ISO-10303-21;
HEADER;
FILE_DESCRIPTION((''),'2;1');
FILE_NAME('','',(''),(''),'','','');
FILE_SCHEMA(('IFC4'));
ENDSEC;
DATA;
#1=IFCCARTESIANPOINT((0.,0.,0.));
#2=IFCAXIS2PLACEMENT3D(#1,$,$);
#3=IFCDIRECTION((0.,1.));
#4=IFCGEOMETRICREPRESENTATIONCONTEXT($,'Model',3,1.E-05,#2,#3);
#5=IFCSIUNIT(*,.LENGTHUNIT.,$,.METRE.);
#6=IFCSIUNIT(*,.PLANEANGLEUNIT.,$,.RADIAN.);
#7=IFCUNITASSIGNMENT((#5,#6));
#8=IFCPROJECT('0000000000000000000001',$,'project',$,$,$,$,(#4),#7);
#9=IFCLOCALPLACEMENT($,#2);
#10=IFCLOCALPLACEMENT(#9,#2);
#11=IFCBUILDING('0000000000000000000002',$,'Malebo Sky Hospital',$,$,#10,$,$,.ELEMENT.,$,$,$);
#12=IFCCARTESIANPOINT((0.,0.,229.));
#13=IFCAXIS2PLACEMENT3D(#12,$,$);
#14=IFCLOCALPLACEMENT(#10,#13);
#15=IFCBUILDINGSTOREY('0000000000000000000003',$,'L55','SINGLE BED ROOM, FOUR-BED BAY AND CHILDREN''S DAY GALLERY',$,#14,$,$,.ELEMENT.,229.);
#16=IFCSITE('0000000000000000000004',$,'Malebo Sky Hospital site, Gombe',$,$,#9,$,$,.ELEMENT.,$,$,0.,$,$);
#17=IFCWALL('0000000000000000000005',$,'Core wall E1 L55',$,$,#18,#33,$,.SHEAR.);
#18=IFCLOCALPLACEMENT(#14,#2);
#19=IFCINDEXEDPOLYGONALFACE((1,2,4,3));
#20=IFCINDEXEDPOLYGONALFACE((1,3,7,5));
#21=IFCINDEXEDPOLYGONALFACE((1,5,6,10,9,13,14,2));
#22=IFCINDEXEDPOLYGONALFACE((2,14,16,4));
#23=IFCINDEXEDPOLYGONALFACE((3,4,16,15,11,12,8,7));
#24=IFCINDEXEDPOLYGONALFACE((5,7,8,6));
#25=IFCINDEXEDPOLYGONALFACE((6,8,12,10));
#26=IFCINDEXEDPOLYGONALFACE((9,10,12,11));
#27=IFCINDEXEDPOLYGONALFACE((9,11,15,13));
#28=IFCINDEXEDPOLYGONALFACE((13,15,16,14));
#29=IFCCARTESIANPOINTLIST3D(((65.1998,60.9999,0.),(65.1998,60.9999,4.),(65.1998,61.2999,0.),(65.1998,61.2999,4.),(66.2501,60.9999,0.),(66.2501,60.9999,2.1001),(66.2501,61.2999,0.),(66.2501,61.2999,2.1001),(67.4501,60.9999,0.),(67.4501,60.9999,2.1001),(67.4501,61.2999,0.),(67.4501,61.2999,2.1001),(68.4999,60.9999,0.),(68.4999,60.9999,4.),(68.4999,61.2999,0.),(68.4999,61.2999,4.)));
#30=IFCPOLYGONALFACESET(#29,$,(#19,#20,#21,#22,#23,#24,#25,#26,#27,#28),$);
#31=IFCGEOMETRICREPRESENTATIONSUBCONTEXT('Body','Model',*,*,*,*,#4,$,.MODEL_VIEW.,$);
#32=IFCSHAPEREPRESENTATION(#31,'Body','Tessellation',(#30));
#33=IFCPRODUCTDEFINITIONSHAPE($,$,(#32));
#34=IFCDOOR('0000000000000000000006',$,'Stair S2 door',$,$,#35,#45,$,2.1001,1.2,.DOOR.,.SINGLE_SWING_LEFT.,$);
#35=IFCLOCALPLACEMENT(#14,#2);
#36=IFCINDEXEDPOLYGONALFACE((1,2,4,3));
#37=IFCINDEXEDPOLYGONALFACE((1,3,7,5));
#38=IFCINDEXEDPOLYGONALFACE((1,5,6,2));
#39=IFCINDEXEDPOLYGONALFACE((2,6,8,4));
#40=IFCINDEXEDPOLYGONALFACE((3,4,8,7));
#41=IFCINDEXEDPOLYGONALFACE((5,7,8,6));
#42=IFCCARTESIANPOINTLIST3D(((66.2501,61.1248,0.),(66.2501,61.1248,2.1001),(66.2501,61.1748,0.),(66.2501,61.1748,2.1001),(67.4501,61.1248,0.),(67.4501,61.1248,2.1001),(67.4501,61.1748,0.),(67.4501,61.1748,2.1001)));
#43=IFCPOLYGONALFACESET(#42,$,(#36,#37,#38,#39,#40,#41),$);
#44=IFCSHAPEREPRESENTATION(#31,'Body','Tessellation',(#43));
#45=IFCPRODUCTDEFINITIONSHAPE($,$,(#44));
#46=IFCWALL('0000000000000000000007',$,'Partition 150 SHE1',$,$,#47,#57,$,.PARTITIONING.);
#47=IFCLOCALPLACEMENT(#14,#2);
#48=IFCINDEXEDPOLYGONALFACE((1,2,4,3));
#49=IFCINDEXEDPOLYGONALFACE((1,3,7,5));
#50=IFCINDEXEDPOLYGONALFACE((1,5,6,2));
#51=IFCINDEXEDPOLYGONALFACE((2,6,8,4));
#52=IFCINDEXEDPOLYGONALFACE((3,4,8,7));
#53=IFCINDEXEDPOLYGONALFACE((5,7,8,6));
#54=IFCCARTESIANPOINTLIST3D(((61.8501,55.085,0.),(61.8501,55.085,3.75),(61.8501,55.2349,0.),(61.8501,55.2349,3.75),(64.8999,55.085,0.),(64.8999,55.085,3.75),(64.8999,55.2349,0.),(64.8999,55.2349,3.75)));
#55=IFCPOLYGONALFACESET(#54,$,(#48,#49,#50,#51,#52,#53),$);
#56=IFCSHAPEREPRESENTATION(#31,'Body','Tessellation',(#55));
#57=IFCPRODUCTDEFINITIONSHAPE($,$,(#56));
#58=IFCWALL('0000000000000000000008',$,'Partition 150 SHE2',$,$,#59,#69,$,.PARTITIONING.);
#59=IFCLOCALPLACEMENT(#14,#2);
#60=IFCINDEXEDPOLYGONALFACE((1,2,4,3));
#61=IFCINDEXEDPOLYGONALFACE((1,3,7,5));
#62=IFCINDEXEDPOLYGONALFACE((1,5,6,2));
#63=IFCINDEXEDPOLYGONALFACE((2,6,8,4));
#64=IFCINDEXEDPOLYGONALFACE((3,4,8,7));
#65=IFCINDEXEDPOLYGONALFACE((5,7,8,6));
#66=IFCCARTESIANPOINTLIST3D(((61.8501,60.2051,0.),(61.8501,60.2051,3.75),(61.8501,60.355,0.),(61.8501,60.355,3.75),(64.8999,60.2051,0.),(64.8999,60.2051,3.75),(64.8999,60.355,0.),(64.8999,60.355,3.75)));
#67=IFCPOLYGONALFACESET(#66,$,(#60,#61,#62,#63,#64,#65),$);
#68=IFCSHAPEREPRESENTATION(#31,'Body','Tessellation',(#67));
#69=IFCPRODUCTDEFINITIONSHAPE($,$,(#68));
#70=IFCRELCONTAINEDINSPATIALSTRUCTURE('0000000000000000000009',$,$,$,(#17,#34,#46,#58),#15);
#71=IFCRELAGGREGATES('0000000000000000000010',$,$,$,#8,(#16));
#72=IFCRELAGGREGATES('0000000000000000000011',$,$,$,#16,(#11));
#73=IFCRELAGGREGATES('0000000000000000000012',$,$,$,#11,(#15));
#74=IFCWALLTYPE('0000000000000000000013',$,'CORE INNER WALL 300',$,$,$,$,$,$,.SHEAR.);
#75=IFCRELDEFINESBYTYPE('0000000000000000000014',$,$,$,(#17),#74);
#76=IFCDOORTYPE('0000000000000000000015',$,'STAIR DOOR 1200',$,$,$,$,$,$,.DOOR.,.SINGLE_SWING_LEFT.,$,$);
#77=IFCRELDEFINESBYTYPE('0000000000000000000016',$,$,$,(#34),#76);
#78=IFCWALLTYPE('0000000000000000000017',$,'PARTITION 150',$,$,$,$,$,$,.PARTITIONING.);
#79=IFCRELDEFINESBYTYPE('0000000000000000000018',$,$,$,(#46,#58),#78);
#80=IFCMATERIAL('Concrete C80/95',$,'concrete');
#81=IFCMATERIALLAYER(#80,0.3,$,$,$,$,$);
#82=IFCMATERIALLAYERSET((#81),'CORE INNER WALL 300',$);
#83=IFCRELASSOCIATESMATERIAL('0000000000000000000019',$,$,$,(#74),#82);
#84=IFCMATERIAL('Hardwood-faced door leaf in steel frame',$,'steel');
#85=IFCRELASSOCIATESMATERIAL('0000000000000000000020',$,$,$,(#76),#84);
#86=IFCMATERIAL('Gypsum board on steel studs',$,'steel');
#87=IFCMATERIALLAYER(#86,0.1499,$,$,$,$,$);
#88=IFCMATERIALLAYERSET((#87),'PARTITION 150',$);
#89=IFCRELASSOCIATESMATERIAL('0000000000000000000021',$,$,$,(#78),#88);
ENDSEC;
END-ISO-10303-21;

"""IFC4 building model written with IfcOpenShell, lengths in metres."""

from ifc_helpers import new_model, si_unit, direction, frame, frame_2d, origin, place, context, subcontext, project, spatial, rectangle, extrude, material, layer, layer_set, type_object, element, fill, save


model = new_model("IFC4")

# Units and contexts
model_context = context("Model", 3, precision=1e-05, world=origin(), true_north=direction((0.0, 1.0)))
body_context = subcontext(model_context, "Body", "Model", "MODEL_VIEW")
ifc_project = project(units=[si_unit("LENGTHUNIT", "METRE"), si_unit("PLANEANGLEUNIT", "RADIAN")], contexts=[model_context])

# Site, building, storey
site_placement = place(None, origin())
site = spatial("IfcSite", under=ifc_project, at=site_placement, Name="Malebo Sky Hospital site, Gombe", CompositionType="ELEMENT", RefElevation=0.0)
building_placement = place(site_placement, origin())
building = spatial("IfcBuilding", under=site, at=building_placement, Name="Malebo Sky Hospital", CompositionType="ELEMENT")
storey_placement = place(building_placement, frame((0.0, 0.0, 229.0)))
storey = spatial("IfcBuildingStorey", under=building, at=storey_placement, Name="L55", Description="SINGLE BED ROOM, FOUR-BED BAY AND CHILDREN'S DAY GALLERY", CompositionType="ELEMENT", Elevation=229.0)

# Shared definitions
ifc_material_1 = material(Name="Concrete C80/95", Category="concrete")
ifc_material_2 = material(Name="Hardwood-faced door leaf in steel frame", Category="steel")

# Shared definitions
ifc_layer_1 = layer(ifc_material_1, 0.3)
ifc_layer_set_1 = layer_set([ifc_layer_1], Name="CORE INNER WALL 300")
wall_type_1 = type_object("IfcWallType", Name="CORE INNER WALL 300", PredefinedType="SHEAR", material=ifc_layer_set_1)

# Wall, opening, door
wall_1_placement = place(storey_placement, frame((65.2, 61.1499, 0.0), z_axis=(0.0, 0.0, 1.0), x_axis=(1.0, 0.0, 0.0)))
wall_1 = element("IfcWall", 1, at=wall_1_placement, inside=storey, type_object=wall_type_1, Name="Core wall E1 L55", PredefinedType="SHEAR", context=body_context, shape_type="SweptSolid", body=[
    extrude(rectangle(XDim=3.3, YDim=0.3, at=frame_2d((1.6499, 0.0))), origin(), (0.0, 0.0, 1.0), 4.0),
])
opening_1_placement = place(wall_1_placement, frame((1.05, 0.0, 0.0)))
opening_1 = element("IfcOpeningElement", 2, at=opening_1_placement, cuts=wall_1, PredefinedType="OPENING", context=body_context, shape_type="SweptSolid", body=[
    extrude(rectangle(XDim=1.2, YDim=2.1001, at=frame_2d((0.6001, 1.05))), frame((0.0, 0.1599, 0.0), z_axis=(0.0, -1.0, 0.0), x_axis=(1.0, 0.0, 0.0)), (0.0, 0.0, 1.0), 0.3201),
])
door_type_1 = type_object("IfcDoorType", Name="STAIR DOOR 1200", OperationType="SINGLE_SWING_LEFT", PredefinedType="DOOR", material=ifc_material_2)
door_1_placement = place(opening_1_placement, origin())
door_1 = element("IfcDoor", 3, at=door_1_placement, inside=storey, type_object=door_type_1, Name="Stair S2 door", OperationType="SINGLE_SWING_LEFT", OverallHeight=2.1001, OverallWidth=1.2, PredefinedType="DOOR", context=body_context, shape_type="SweptSolid", body=[
    extrude(rectangle(XDim=1.2, YDim=2.1001, at=frame_2d((0.6001, 1.05))), frame((0.0, 0.0249, 0.0), z_axis=(0.0, -1.0, 0.0), x_axis=(1.0, 0.0, 0.0)), (0.0, 0.0, 1.0), 0.05),
])
fill(opening_1, door_1)

# Walls
ifc_material_3 = material(Name="Gypsum board on steel studs", Category="steel")
ifc_layer_2 = layer(ifc_material_3, 0.1499)
ifc_layer_set_2 = layer_set([ifc_layer_2], Name="PARTITION 150")
wall_type_2 = type_object("IfcWallType", Name="PARTITION 150", PredefinedType="PARTITIONING", material=ifc_layer_set_2)
for number, where, z_axis, x_axis, name in (
    (4, (61.8501, 55.1599, 0.0), (0.0, 0.0, 1.0), (1.0, 0.0, 0.0), "Partition 150 SHE1"),
    (5, (61.8501, 60.28, 0.0), (0.0, 0.0, 1.0), (1.0, 0.0, 0.0), "Partition 150 SHE2"),
):
    element("IfcWall", number, at=place(storey_placement, frame(where, z_axis=z_axis, x_axis=x_axis)), inside=storey, type_object=wall_type_2, Name=name, PredefinedType="PARTITIONING", context=body_context, shape_type="SweptSolid", body=[
        extrude(rectangle(XDim=3.0498, YDim=0.1499, at=frame_2d((1.5249, 0.0))), origin(), (0.0, 0.0, 1.0), 3.75),
    ])

save(model, "model.ifc")
